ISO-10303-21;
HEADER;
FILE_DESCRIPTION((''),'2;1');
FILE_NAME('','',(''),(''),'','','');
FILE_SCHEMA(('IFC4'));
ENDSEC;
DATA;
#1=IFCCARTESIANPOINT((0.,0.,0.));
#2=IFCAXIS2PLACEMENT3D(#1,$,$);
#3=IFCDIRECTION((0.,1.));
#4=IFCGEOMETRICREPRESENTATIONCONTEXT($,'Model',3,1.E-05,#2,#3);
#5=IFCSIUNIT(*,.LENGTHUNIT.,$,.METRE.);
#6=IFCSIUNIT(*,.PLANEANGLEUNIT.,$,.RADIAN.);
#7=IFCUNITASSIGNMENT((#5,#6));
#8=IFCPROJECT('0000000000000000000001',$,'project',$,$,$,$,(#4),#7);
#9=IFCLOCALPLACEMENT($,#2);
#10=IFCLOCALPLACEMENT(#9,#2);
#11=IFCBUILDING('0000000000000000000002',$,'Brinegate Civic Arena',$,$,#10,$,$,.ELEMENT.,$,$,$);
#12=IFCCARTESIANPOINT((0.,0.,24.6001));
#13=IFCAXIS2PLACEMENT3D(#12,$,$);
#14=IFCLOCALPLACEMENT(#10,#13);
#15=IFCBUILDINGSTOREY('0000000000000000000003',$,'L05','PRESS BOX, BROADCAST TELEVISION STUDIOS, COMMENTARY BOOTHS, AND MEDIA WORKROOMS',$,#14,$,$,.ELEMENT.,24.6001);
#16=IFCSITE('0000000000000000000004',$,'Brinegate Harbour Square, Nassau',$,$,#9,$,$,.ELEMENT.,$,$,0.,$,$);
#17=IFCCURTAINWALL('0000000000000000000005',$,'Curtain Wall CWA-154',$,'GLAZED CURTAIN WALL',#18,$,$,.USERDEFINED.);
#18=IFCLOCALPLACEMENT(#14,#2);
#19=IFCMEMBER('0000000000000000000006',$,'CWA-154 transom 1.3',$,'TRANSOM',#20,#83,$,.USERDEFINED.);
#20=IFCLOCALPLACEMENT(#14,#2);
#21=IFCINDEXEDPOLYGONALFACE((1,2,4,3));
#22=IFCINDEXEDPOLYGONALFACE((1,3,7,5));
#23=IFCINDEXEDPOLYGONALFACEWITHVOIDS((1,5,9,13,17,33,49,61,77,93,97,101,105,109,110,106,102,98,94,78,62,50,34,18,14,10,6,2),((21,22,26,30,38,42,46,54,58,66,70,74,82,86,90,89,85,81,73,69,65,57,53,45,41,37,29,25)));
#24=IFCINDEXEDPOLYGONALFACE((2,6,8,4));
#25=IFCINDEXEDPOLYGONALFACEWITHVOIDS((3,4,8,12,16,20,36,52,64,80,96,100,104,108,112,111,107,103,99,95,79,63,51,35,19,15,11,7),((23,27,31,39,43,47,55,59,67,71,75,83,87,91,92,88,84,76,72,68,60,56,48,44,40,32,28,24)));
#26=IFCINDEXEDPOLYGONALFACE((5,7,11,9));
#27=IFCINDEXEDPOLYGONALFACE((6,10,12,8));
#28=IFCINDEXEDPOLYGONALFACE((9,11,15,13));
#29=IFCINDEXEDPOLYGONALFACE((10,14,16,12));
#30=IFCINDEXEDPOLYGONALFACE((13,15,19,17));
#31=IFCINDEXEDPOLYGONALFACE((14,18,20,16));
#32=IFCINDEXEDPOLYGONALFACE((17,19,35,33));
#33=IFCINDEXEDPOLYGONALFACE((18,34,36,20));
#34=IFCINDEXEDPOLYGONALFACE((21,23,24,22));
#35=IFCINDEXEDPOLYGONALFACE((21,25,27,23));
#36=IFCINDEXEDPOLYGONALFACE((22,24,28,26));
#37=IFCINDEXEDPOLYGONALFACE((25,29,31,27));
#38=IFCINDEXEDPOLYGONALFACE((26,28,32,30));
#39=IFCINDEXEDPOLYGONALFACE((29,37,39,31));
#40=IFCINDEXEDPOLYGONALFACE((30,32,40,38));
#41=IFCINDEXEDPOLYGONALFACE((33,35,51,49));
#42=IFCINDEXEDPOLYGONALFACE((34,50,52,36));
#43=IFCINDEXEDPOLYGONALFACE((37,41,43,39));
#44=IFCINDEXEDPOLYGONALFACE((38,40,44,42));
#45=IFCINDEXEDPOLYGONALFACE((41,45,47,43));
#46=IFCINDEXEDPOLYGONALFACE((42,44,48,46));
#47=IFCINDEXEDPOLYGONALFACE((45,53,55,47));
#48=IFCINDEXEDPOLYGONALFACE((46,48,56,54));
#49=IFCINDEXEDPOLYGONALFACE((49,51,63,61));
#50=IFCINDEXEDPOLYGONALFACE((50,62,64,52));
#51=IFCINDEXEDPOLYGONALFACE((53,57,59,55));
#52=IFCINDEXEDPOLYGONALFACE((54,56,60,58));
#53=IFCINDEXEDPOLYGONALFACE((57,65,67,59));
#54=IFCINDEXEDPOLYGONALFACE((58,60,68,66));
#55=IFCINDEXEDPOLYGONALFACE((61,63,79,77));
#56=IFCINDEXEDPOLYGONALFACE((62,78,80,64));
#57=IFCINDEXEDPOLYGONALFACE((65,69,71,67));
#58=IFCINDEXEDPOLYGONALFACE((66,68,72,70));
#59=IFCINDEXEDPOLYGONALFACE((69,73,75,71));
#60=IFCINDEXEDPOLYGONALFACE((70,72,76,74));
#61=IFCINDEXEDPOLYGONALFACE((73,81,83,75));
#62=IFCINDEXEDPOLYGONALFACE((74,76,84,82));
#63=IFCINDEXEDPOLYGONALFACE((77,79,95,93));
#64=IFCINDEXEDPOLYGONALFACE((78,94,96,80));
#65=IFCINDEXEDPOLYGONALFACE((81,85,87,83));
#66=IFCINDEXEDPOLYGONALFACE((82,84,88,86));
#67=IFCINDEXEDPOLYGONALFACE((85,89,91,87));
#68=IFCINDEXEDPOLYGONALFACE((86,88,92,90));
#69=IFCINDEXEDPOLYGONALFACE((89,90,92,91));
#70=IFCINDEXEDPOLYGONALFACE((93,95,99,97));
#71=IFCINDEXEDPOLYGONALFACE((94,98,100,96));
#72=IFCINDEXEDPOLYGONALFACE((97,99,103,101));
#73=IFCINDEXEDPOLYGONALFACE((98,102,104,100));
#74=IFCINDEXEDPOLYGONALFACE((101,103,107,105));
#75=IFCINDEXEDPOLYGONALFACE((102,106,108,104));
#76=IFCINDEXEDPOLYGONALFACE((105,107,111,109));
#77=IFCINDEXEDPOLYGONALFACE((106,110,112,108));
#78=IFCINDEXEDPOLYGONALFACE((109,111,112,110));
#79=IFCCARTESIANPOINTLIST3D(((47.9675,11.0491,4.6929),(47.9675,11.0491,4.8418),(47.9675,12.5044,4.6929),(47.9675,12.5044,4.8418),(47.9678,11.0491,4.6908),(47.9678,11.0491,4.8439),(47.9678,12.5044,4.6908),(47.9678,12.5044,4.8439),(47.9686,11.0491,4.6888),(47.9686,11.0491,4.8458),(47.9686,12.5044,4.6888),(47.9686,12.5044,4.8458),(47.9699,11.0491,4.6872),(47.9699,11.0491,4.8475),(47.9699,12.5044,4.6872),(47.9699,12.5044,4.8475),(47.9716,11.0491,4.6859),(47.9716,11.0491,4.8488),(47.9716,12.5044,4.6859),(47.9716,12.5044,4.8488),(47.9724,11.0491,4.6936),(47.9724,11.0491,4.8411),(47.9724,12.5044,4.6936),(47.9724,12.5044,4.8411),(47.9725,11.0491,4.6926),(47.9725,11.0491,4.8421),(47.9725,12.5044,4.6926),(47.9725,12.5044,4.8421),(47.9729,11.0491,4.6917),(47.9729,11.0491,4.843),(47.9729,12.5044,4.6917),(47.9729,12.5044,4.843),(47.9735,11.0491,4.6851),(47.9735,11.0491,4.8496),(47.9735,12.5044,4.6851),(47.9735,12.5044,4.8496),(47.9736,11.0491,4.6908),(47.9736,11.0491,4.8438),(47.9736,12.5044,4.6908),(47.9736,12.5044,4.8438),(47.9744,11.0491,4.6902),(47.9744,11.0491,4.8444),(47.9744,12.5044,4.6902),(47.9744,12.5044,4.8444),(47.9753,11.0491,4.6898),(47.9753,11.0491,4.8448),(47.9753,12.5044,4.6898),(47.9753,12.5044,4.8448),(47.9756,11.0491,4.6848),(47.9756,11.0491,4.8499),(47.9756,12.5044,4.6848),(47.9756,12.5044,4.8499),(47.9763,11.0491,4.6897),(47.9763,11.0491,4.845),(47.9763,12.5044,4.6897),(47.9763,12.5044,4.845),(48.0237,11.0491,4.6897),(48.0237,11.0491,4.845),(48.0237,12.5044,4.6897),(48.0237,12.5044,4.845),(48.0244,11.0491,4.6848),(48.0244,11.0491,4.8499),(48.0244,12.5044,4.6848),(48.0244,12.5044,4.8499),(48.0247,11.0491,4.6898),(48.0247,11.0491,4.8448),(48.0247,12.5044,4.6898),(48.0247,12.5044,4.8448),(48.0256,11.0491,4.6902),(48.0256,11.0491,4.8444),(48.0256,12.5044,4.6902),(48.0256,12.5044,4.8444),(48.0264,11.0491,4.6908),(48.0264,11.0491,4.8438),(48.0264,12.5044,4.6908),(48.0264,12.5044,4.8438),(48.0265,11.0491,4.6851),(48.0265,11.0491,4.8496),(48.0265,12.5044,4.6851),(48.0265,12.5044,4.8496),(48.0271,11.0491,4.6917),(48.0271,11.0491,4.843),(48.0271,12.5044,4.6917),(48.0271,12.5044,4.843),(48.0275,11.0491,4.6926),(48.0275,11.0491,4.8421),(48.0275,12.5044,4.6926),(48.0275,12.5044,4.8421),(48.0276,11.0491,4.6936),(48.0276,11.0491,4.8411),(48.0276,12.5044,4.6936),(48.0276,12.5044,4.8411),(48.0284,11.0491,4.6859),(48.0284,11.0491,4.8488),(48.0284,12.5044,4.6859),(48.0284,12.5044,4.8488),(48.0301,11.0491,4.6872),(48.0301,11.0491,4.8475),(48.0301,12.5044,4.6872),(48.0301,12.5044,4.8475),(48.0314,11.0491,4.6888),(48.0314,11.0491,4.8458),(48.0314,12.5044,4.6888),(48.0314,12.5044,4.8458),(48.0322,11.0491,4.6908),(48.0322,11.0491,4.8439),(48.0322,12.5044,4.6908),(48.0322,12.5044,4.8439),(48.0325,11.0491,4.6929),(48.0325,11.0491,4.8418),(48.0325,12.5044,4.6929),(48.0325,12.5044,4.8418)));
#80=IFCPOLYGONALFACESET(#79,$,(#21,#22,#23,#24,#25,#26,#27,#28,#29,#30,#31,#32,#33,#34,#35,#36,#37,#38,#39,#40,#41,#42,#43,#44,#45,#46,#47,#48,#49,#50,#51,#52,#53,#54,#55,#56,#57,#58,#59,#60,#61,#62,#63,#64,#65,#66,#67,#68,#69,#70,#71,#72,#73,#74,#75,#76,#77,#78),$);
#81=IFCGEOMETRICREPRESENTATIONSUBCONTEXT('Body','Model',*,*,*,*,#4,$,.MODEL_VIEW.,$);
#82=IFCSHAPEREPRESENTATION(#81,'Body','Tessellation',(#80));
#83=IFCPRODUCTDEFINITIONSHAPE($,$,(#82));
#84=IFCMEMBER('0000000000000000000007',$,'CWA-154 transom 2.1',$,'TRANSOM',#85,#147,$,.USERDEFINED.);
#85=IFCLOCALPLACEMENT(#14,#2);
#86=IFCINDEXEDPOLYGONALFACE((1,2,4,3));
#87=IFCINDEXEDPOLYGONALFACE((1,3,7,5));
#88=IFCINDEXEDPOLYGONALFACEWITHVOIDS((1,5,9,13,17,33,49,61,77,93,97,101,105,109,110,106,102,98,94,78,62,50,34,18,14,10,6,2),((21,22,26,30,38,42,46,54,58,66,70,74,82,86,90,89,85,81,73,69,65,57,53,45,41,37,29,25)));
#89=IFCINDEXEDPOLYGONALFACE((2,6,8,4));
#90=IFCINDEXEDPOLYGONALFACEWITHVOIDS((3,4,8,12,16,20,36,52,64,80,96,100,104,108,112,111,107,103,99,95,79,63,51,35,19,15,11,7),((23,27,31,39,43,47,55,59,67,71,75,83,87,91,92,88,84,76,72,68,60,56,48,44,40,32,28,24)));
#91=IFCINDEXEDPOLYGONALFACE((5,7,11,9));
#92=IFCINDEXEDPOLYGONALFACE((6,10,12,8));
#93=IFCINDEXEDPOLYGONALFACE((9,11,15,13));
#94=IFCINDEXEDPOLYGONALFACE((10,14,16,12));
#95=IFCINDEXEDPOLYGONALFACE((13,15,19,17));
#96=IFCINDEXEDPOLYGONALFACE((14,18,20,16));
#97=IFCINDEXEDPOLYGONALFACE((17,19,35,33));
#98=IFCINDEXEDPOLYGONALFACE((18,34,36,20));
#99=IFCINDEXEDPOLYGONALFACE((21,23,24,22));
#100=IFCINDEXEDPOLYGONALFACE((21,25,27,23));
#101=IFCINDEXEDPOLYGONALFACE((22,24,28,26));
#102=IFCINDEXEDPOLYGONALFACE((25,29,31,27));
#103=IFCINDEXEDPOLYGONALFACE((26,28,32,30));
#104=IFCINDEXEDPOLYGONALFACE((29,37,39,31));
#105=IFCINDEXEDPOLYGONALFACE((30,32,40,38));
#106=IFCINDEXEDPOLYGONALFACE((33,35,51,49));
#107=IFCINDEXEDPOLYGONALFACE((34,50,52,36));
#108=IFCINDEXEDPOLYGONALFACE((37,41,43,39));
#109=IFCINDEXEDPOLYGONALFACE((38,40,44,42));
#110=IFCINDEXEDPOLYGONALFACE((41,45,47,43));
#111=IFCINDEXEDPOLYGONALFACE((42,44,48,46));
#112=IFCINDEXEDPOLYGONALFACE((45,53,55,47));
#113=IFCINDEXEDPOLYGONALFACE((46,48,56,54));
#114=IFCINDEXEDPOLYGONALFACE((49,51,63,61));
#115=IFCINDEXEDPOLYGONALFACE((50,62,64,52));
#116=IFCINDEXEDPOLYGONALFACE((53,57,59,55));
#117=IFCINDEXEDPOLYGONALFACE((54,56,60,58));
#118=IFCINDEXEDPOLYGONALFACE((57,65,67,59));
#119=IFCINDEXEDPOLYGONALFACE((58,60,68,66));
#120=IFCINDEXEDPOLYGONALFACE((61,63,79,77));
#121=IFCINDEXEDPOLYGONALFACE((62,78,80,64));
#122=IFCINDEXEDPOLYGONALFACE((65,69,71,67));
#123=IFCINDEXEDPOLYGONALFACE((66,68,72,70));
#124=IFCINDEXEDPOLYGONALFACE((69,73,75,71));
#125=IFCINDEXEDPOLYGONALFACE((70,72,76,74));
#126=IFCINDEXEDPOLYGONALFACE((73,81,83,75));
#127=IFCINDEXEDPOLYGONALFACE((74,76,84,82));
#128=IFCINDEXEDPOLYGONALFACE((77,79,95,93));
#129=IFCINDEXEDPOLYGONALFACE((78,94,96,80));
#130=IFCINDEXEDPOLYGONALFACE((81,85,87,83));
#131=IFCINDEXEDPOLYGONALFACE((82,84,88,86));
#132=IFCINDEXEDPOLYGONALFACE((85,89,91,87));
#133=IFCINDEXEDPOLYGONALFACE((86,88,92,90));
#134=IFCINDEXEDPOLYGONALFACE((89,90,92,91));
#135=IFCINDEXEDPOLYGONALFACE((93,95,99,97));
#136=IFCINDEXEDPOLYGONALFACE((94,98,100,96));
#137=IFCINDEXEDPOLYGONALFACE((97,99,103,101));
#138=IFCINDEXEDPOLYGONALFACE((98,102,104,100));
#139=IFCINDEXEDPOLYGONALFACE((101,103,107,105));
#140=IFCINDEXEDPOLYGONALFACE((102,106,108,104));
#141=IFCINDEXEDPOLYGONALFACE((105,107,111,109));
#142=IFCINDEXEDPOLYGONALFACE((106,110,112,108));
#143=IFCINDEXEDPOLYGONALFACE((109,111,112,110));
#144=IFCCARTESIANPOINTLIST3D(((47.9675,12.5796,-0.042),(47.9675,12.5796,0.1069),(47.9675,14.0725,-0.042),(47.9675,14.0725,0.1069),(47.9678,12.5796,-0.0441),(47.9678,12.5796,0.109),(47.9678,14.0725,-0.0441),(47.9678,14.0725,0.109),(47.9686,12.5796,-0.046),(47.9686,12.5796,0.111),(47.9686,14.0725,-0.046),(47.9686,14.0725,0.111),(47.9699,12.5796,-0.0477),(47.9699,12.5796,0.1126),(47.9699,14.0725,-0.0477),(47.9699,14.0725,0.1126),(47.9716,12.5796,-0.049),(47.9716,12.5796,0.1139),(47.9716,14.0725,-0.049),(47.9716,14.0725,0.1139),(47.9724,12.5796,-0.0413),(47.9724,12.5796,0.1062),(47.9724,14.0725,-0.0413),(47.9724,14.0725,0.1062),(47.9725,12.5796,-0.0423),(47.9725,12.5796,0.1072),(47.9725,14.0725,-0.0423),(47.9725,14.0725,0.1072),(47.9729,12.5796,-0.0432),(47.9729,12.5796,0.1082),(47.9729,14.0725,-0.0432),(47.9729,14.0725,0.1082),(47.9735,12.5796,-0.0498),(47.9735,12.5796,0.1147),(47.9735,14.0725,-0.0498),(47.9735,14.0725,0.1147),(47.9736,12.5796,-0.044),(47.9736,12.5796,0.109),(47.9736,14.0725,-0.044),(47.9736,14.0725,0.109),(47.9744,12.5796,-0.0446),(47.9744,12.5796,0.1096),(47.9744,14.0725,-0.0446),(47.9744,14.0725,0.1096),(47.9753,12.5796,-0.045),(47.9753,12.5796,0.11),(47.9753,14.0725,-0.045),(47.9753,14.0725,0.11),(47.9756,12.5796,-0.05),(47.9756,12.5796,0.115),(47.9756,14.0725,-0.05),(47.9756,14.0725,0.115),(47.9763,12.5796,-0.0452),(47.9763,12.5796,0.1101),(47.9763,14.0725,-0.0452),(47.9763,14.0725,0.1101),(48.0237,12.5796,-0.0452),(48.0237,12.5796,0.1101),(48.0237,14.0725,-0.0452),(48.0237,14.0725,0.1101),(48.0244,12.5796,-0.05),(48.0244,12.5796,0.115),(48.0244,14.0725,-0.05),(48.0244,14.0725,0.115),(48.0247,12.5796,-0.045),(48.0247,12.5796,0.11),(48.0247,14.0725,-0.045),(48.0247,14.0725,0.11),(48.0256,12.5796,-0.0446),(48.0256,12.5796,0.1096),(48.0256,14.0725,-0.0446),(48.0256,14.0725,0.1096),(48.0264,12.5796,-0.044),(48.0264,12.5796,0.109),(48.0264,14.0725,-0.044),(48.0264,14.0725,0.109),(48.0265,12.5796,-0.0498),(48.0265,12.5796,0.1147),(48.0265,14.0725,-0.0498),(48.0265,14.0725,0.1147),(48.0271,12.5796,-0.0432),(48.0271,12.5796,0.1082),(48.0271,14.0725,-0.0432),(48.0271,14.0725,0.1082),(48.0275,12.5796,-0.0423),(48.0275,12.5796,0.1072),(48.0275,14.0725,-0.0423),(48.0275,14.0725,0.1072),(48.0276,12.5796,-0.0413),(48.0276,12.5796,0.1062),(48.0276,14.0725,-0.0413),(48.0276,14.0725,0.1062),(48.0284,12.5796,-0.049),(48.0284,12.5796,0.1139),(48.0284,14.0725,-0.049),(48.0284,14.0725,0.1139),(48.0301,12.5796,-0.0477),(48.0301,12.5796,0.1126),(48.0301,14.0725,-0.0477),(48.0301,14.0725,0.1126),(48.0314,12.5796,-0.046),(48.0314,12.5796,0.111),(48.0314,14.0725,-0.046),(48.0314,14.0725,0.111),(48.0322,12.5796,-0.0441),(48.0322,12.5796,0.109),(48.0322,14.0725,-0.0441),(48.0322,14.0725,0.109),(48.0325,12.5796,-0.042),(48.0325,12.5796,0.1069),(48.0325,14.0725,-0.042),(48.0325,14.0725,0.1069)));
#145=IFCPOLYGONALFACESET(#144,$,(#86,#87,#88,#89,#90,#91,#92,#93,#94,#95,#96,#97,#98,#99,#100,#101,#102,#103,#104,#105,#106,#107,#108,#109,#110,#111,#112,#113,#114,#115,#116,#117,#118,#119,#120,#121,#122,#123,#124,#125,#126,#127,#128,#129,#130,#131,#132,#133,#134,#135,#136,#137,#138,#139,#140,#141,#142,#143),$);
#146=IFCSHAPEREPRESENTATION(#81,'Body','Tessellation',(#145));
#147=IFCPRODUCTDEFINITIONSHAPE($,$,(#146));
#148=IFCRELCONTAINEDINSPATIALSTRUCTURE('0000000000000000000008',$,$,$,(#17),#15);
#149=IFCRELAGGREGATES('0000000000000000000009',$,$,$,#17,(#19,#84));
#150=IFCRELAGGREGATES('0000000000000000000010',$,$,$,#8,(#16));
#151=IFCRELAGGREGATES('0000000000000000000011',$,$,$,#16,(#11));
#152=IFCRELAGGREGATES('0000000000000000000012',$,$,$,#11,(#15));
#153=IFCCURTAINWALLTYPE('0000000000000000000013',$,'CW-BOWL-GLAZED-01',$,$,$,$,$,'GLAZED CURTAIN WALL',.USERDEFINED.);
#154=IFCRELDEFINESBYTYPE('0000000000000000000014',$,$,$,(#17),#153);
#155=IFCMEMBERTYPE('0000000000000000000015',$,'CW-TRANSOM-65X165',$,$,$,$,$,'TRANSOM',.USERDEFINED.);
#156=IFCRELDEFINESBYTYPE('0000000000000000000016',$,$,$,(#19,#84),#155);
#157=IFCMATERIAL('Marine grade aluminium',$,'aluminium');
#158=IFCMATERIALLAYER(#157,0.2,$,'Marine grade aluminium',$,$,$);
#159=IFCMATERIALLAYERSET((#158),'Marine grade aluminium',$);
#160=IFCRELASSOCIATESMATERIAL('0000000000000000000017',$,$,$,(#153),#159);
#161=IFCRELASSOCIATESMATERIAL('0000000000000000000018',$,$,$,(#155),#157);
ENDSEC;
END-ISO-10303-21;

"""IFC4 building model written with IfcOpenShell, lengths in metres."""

from ifc_helpers import new_model, si_unit, direction, frame, origin, origin_2d, place, context, subcontext, project, spatial, hollow_rectangle, extrude, material, layer, layer_set, material_profile, profile_set, type_object, element, aggregate, save


model = new_model("IFC4")

# Units and contexts
model_context = context("Model", 3, precision=1e-05, world=origin(), true_north=direction((0.0, 1.0)))
body_context = subcontext(model_context, "Body", "Model", "MODEL_VIEW")
ifc_project = project(units=[si_unit("LENGTHUNIT", "METRE"), si_unit("PLANEANGLEUNIT", "RADIAN")], contexts=[model_context])

# Site, building, storey
site_placement = place(None, origin())
site = spatial("IfcSite", under=ifc_project, at=site_placement, Name="Brinegate Harbour Square, Nassau", CompositionType="ELEMENT", RefElevation=0.0)
building_placement = place(site_placement, origin())
building = spatial("IfcBuilding", under=site, at=building_placement, Name="Brinegate Civic Arena", CompositionType="ELEMENT")
storey_placement = place(building_placement, frame((0.0, 0.0, 24.6001)))
storey = spatial("IfcBuildingStorey", under=building, at=storey_placement, Name="L05", Description="PRESS BOX, BROADCAST TELEVISION STUDIOS, COMMENTARY BOOTHS, AND MEDIA WORKROOMS", CompositionType="ELEMENT", Elevation=24.6001)

# Curtain wall, members
ifc_material_1 = material(Name="Marine grade aluminium", Category="aluminium")
ifc_layer_1 = layer(ifc_material_1, 0.2, Name="Marine grade aluminium")
ifc_layer_set_1 = layer_set([ifc_layer_1], Name="Marine grade aluminium")
curtain_wall_type = type_object("IfcCurtainWallType", Name="CW-BOWL-GLAZED-01", ElementType="GLAZED CURTAIN WALL", PredefinedType="USERDEFINED", material=ifc_layer_set_1)
curtain_wall_placement = place(storey_placement, origin())
curtain_wall = element("IfcCurtainWall", 1, at=curtain_wall_placement, inside=storey, type_object=curtain_wall_type, Name="Curtain Wall CWA-154", ObjectType="GLAZED CURTAIN WALL", PredefinedType="USERDEFINED")
ifc_material_profile_1 = material_profile(ifc_material_1, hollow_rectangle(XDim=0.0649, YDim=0.165, WallThickness=0.0049, InnerFilletRadius=0.0039, OuterFilletRadius=0.0081, at=origin_2d()), Name="TRN65X165")
ifc_profile_set_1 = profile_set([ifc_material_profile_1], Name="Marine grade aluminium")
member_type_1 = type_object("IfcMemberType", Name="CW-TRANSOM-65X165", ElementType="TRANSOM", PredefinedType="USERDEFINED", material=ifc_profile_set_1)
member_1_placement = place(storey_placement, frame((48.0, 11.0491, 4.7673), z_axis=(0.0, 1.0, 0.0), x_axis=(-1.0, 0.0, 0.0)))
member_1 = element("IfcMember", 2, at=member_1_placement, type_object=member_type_1, Name="CWA-154 transom 1.3", ObjectType="TRANSOM", PredefinedType="USERDEFINED", context=body_context, shape_type="SweptSolid", body=[
    extrude(hollow_rectangle(XDim=0.0649, YDim=0.165, WallThickness=0.0049, InnerFilletRadius=0.0039, OuterFilletRadius=0.0081, at=origin_2d()), origin(), (0.0, 0.0, 1.0), 1.4553),
])
member_2_placement = place(storey_placement, frame((48.0, 12.5796, 0.0325), z_axis=(0.0, 1.0, 0.0), x_axis=(-1.0, 0.0, 0.0)))
member_2 = element("IfcMember", 3, at=member_2_placement, type_object=member_type_1, Name="CWA-154 transom 2.1", ObjectType="TRANSOM", PredefinedType="USERDEFINED", context=body_context, shape_type="SweptSolid", body=[
    extrude(hollow_rectangle(XDim=0.0649, YDim=0.165, WallThickness=0.0049, InnerFilletRadius=0.0039, OuterFilletRadius=0.0081, at=origin_2d()), origin(), (0.0, 0.0, 1.0), 1.4929),
])

aggregate(curtain_wall, [member_1, member_2])

save(model, "model.ifc")
